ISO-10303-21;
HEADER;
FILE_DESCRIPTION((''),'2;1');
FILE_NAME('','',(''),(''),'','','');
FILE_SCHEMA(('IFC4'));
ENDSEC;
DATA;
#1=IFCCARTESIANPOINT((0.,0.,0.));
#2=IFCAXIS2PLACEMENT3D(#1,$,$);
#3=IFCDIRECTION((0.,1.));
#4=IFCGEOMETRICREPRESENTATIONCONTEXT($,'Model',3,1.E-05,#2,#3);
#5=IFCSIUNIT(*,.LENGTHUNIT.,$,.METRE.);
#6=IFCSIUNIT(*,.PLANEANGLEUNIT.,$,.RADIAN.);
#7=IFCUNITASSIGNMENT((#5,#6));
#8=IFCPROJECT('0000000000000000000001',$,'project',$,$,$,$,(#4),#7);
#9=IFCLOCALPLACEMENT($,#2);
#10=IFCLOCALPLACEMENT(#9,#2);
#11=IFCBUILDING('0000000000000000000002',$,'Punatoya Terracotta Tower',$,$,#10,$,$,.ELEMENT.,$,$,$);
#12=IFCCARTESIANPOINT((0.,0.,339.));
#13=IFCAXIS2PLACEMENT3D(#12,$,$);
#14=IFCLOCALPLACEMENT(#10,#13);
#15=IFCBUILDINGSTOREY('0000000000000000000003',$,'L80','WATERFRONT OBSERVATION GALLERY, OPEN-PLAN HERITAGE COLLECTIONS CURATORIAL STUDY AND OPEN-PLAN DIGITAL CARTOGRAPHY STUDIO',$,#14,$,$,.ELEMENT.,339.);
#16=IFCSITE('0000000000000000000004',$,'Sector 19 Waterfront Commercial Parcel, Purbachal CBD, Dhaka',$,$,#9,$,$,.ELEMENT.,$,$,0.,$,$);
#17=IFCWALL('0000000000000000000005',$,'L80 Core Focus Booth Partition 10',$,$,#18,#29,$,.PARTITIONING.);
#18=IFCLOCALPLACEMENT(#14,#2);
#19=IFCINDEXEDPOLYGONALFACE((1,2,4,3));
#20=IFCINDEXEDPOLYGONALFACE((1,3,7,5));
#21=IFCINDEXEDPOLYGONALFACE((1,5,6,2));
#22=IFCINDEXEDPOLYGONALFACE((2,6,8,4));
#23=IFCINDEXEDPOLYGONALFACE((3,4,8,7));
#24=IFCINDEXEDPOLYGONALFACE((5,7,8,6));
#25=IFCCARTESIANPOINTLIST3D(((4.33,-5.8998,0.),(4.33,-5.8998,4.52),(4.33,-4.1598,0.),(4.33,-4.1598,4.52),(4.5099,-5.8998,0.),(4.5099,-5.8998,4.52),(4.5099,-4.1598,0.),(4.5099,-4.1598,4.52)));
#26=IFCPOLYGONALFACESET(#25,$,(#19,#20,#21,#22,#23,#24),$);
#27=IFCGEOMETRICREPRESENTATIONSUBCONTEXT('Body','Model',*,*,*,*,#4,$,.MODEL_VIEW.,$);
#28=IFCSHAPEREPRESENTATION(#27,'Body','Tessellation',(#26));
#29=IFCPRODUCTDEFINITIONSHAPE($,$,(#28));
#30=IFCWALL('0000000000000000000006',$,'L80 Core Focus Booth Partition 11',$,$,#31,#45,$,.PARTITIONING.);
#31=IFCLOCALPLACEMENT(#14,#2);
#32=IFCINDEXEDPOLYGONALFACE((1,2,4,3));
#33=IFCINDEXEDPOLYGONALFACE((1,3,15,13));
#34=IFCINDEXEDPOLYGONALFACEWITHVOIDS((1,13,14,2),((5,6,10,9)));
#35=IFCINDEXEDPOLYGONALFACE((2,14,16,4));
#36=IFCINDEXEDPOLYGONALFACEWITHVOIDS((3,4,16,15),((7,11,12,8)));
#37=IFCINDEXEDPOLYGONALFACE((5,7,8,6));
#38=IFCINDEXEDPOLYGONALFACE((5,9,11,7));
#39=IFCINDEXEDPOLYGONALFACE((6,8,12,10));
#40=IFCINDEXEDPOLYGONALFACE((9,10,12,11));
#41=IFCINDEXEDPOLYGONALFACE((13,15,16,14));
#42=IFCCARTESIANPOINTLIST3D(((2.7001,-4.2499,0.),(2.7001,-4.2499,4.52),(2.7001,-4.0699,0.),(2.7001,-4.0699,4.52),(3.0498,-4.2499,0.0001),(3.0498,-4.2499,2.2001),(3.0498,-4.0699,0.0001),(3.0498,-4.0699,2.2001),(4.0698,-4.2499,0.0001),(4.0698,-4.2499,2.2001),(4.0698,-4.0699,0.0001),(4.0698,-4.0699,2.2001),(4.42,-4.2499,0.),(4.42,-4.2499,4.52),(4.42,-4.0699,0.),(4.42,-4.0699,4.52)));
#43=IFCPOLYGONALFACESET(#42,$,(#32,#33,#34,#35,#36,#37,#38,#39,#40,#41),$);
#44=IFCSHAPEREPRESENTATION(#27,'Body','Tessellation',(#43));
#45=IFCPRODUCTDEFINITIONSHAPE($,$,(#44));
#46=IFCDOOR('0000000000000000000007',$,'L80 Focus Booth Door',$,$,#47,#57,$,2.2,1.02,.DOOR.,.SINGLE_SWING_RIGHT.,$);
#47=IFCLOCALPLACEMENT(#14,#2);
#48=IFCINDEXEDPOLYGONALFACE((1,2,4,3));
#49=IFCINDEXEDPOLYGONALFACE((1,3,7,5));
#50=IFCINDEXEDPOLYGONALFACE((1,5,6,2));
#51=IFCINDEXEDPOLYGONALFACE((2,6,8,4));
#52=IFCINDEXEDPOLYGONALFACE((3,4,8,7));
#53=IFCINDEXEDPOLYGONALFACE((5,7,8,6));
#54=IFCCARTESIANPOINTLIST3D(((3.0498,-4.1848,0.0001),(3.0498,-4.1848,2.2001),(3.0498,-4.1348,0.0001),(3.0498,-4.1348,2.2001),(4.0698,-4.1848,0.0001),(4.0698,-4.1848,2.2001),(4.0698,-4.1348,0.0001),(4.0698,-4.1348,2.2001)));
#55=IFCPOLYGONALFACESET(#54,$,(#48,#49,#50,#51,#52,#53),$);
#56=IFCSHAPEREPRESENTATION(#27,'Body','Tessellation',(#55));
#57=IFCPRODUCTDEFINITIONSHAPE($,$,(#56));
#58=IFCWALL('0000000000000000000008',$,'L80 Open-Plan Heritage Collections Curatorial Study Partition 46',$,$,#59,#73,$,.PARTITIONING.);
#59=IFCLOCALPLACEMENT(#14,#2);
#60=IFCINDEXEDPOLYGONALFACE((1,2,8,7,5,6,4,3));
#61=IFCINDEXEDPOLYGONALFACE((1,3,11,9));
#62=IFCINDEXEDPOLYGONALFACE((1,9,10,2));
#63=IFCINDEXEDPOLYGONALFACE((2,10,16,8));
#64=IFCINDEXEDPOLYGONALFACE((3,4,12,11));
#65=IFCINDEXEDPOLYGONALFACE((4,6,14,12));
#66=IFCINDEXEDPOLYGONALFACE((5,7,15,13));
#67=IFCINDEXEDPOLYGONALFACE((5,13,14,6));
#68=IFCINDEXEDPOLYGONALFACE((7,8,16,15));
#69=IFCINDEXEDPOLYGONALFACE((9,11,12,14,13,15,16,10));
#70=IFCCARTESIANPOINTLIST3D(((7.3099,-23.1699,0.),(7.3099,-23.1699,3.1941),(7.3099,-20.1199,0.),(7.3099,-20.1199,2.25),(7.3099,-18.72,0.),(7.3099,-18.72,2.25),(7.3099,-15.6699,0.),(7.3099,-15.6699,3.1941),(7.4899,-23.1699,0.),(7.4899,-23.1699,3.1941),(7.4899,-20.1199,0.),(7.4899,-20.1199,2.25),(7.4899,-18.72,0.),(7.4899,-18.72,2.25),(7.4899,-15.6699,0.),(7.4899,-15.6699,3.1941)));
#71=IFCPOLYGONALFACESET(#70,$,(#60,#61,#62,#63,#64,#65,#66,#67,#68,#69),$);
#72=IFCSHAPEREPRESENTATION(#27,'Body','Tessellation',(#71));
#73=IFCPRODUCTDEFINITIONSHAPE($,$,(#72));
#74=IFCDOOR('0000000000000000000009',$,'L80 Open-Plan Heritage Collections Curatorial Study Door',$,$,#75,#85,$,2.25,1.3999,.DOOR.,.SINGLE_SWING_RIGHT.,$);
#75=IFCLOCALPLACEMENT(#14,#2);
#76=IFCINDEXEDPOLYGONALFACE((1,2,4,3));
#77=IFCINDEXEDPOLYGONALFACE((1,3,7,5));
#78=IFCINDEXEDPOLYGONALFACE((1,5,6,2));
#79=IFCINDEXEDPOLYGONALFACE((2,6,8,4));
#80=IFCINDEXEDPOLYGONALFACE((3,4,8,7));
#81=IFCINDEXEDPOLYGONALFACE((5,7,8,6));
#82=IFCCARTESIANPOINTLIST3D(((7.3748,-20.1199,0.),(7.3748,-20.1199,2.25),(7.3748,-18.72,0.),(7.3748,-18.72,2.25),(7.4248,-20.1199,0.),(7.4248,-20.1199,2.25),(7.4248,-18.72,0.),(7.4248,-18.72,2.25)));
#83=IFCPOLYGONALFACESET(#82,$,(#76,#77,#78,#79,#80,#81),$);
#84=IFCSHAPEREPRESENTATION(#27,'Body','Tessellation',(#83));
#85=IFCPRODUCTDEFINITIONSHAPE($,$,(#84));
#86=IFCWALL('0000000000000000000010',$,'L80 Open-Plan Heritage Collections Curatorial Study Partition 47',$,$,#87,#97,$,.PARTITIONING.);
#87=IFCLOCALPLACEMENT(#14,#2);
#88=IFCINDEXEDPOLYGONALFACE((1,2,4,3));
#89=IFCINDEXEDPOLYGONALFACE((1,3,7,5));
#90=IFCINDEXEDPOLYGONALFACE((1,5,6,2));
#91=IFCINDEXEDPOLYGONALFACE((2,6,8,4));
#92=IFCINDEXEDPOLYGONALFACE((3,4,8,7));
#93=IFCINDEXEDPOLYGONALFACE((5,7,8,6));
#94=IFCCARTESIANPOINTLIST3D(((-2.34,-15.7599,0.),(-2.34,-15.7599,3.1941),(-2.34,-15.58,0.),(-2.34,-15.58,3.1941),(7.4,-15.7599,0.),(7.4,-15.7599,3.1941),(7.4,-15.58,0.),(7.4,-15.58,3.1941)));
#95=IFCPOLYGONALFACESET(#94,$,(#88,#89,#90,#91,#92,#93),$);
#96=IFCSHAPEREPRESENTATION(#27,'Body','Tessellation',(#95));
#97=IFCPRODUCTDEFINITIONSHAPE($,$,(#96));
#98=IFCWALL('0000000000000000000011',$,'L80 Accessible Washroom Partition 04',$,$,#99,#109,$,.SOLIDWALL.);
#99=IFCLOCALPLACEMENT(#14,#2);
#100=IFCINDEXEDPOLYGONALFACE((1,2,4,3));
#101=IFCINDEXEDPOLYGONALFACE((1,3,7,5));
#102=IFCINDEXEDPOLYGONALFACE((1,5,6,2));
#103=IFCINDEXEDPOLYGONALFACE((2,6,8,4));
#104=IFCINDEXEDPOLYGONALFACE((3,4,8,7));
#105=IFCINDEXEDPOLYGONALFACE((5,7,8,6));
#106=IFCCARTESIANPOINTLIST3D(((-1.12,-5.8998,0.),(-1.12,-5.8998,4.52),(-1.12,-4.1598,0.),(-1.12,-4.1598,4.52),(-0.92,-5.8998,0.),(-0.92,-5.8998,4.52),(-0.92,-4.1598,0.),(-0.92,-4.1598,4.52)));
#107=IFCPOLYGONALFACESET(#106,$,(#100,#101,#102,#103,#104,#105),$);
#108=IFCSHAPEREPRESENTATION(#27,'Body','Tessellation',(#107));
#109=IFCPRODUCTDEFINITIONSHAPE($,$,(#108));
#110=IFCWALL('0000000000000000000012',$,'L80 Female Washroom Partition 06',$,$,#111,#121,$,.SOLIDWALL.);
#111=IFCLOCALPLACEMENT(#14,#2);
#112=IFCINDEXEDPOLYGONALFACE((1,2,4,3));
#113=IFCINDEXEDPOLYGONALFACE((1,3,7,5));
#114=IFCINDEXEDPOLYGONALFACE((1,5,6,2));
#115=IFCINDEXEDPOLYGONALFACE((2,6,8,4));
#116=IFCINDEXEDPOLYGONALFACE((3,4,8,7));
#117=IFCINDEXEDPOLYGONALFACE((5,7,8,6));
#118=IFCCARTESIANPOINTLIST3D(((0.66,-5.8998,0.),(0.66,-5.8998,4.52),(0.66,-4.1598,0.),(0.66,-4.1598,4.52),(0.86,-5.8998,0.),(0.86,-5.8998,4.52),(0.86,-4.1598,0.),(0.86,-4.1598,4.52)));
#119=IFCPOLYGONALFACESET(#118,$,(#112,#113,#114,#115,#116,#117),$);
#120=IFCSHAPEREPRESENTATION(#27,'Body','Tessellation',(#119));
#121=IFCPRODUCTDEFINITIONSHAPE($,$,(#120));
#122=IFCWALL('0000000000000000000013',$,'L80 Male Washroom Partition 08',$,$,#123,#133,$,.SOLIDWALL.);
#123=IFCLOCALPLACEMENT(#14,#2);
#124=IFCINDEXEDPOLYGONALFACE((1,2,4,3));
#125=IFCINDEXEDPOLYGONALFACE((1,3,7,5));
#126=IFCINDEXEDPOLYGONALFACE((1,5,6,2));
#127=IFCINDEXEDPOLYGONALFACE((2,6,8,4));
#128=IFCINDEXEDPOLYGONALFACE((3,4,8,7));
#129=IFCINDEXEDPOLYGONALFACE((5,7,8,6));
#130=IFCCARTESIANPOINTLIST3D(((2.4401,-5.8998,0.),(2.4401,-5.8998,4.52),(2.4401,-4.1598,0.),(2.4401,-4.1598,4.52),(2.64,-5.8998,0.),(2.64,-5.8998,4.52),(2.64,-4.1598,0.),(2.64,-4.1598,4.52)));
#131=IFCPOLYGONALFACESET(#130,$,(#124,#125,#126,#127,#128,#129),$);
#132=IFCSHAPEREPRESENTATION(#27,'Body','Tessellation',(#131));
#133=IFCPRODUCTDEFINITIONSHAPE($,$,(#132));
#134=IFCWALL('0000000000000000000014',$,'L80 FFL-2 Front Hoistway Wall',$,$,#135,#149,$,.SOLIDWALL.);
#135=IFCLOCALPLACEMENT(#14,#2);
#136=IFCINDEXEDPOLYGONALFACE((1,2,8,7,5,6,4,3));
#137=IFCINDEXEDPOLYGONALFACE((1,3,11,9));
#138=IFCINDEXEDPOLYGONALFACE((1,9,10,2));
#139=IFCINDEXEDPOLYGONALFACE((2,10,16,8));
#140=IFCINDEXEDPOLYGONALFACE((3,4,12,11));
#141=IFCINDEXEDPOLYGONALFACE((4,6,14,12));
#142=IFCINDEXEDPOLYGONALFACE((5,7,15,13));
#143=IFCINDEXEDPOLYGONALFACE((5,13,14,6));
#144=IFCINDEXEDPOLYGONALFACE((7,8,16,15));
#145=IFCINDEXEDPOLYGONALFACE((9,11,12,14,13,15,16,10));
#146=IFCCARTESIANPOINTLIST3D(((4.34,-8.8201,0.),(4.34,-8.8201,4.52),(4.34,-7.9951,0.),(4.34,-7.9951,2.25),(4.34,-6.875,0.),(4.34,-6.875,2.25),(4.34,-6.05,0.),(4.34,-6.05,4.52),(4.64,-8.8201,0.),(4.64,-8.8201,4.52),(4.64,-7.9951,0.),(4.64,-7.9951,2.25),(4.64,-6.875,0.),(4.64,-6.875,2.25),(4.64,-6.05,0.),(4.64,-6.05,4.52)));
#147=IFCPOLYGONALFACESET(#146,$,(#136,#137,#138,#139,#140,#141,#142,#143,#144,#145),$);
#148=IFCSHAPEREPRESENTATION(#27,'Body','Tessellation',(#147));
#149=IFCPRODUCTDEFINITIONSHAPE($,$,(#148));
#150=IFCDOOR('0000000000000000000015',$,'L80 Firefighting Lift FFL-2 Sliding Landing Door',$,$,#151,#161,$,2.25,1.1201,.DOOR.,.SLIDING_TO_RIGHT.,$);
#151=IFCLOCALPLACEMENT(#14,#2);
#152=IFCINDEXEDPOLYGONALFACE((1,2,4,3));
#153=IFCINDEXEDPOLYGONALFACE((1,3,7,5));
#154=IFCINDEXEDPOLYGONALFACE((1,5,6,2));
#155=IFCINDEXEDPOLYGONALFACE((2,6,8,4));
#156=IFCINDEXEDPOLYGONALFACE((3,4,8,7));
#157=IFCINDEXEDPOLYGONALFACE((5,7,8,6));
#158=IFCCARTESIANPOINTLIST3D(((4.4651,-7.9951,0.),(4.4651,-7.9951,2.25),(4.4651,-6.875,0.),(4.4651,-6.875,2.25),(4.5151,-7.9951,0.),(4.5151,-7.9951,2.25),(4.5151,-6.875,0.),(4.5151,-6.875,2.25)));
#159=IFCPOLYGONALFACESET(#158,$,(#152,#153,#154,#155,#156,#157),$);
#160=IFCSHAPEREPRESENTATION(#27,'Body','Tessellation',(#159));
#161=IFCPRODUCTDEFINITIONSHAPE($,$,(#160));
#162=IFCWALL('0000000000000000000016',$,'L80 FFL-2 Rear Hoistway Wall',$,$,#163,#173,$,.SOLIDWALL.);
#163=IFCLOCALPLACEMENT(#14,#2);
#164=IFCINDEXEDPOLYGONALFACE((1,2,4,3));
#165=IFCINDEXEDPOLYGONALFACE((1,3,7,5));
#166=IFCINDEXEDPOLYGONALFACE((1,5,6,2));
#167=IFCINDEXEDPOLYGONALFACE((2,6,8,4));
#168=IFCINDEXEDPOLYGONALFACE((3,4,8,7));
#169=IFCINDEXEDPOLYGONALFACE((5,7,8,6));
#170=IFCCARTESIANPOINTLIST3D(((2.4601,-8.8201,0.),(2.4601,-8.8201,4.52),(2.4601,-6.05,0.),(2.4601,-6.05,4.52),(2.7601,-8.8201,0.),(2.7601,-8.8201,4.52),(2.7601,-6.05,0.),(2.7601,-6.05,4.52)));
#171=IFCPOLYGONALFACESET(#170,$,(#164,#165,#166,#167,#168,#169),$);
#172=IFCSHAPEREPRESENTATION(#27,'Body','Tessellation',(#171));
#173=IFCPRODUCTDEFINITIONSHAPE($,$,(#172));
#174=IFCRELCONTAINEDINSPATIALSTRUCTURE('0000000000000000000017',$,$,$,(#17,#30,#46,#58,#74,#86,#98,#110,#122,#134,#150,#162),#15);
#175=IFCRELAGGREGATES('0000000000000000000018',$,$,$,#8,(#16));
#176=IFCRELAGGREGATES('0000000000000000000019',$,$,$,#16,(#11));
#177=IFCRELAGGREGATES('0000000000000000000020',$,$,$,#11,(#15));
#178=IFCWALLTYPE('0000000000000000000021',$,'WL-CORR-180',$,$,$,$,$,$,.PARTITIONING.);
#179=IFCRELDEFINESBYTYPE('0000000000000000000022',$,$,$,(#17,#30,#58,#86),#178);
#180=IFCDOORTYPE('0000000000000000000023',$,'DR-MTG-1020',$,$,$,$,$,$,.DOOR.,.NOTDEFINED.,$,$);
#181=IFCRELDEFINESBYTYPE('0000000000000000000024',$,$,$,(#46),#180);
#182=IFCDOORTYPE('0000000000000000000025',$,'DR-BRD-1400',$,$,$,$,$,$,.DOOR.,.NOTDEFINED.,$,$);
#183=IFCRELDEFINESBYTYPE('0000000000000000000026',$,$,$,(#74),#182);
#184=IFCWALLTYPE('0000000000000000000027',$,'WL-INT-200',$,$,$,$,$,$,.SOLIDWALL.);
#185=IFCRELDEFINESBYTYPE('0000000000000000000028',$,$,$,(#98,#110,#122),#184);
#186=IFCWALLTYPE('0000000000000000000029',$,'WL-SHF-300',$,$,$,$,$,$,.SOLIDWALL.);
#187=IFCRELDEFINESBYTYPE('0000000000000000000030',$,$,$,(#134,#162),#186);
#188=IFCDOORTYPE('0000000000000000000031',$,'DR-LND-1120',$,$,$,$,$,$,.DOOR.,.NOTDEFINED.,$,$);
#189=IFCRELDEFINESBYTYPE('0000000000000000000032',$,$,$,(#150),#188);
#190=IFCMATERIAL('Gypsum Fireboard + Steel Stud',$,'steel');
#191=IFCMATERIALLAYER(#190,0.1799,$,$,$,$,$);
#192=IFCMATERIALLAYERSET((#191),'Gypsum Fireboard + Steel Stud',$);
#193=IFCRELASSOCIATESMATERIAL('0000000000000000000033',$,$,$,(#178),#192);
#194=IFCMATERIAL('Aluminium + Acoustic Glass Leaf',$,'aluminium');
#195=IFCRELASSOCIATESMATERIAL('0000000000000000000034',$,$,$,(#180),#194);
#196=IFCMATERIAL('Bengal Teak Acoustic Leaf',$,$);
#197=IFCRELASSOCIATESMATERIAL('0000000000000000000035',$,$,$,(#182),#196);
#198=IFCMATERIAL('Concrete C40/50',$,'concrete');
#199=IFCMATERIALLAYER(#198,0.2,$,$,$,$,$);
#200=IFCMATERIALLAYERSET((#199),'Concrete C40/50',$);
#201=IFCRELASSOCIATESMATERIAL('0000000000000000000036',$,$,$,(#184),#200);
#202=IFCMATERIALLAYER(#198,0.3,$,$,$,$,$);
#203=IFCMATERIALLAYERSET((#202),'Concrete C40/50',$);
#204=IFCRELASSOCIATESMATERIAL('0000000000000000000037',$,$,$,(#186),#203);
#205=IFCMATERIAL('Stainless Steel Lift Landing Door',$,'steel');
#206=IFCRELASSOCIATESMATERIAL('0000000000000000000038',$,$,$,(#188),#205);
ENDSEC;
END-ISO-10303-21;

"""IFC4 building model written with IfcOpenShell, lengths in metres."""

from ifc_helpers import new_model, si_unit, direction, frame, frame_2d, origin, place, context, subcontext, project, spatial, rectangle, extrude, material, layer, layer_set, type_object, element, fill, save


model = new_model("IFC4")

# Units and contexts
model_context = context("Model", 3, precision=1e-05, world=origin(), true_north=direction((0.0, 1.0)))
body_context = subcontext(model_context, "Body", "Model", "MODEL_VIEW")
ifc_project = project(units=[si_unit("LENGTHUNIT", "METRE"), si_unit("PLANEANGLEUNIT", "RADIAN")], contexts=[model_context])

# Site, building, storey
site_placement = place(None, origin())
site = spatial("IfcSite", under=ifc_project, at=site_placement, Name="Sector 19 Waterfront Commercial Parcel, Purbachal CBD, Dhaka", CompositionType="ELEMENT", RefElevation=0.0)
building_placement = place(site_placement, origin())
building = spatial("IfcBuilding", under=site, at=building_placement, Name="Punatoya Terracotta Tower", CompositionType="ELEMENT")
storey_placement = place(building_placement, frame((0.0, 0.0, 339.0)))
storey = spatial("IfcBuildingStorey", under=building, at=storey_placement, Name="L80", Description="WATERFRONT OBSERVATION GALLERY, OPEN-PLAN HERITAGE COLLECTIONS CURATORIAL STUDY AND OPEN-PLAN DIGITAL CARTOGRAPHY STUDIO", CompositionType="ELEMENT", Elevation=339.0)

# Wall
ifc_material_1 = material(Name="Gypsum Fireboard + Steel Stud", Category="steel")
ifc_layer_1 = layer(ifc_material_1, 0.1799)
ifc_layer_set_1 = layer_set([ifc_layer_1], Name="Gypsum Fireboard + Steel Stud")
wall_type_1 = type_object("IfcWallType", Name="WL-CORR-180", PredefinedType="PARTITIONING", material=ifc_layer_set_1)
wall_1_placement = place(storey_placement, frame((4.4199, -5.8999, 0.0), z_axis=(0.0, 0.0, 1.0), x_axis=(0.0, 1.0, 0.0)))
element("IfcWall", 1, at=wall_1_placement, inside=storey, type_object=wall_type_1, Name="L80 Core Focus Booth Partition 10", PredefinedType="PARTITIONING", context=body_context, shape_type="SweptSolid", body=[
    extrude(rectangle(XDim=1.74, YDim=0.1799, at=frame_2d((0.8701, 0.0))), origin(), (0.0, 0.0, 1.0), 4.52),
])

# Walls, openings, doors
wall_2_placement = place(storey_placement, frame((4.4199, -4.1599, 0.0), z_axis=(0.0, 0.0, 1.0), x_axis=(-1.0, 0.0, 0.0)))
wall_2 = element("IfcWall", 2, at=wall_2_placement, inside=storey, type_object=wall_type_1, Name="L80 Core Focus Booth Partition 11", PredefinedType="PARTITIONING", context=body_context, shape_type="SweptSolid", body=[
    extrude(rectangle(XDim=1.72, YDim=0.1799, at=frame_2d((0.8599, 0.0))), origin(), (0.0, 0.0, 1.0), 4.52),
])
opening_1_placement = place(wall_2_placement, frame((0.3501, 0.0, 0.0)))
opening_1 = element("IfcOpeningElement", 3, at=opening_1_placement, cuts=wall_2, PredefinedType="OPENING", context=body_context, shape_type="SweptSolid", body=[
    extrude(rectangle(XDim=1.02, YDim=2.2, at=frame_2d((0.51, 1.1001))), frame((0.0, 0.0999, 0.0), z_axis=(0.0, -1.0, 0.0), x_axis=(1.0, 0.0, 0.0)), (0.0, 0.0, 1.0), 0.2),
])
ifc_material_2 = material(Name="Aluminium + Acoustic Glass Leaf", Category="aluminium")
door_type_1 = type_object("IfcDoorType", Name="DR-MTG-1020", OperationType="NOTDEFINED", PredefinedType="DOOR", material=ifc_material_2)
door_1_placement = place(opening_1_placement, origin())
door_1 = element("IfcDoor", 4, at=door_1_placement, inside=storey, type_object=door_type_1, Name="L80 Focus Booth Door", OperationType="SINGLE_SWING_RIGHT", OverallHeight=2.2, OverallWidth=1.02, PredefinedType="DOOR", context=body_context, shape_type="SweptSolid", body=[
    extrude(rectangle(XDim=1.02, YDim=2.2, at=frame_2d((0.51, 1.1001))), frame((0.0, 0.0249, 0.0), z_axis=(0.0, -1.0, 0.0), x_axis=(1.0, 0.0, 0.0)), (0.0, 0.0, 1.0), 0.05),
])
fill(opening_1, door_1)
wall_3_placement = place(storey_placement, frame((7.3999, -15.6699, 0.0), z_axis=(0.0, 0.0, 1.0), x_axis=(0.0, -1.0, 0.0)))
wall_3 = element("IfcWall", 5, at=wall_3_placement, inside=storey, type_object=wall_type_1, Name="L80 Open-Plan Heritage Collections Curatorial Study Partition 46", PredefinedType="PARTITIONING", context=body_context, shape_type="SweptSolid", body=[
    extrude(rectangle(XDim=7.5, YDim=0.1799, at=frame_2d((3.75, 0.0))), origin(), (0.0, 0.0, 1.0), 3.1941),
])
opening_2_placement = place(wall_3_placement, frame((3.05, 0.0, 0.0)))
opening_2 = element("IfcOpeningElement", 6, at=opening_2_placement, cuts=wall_3, PredefinedType="OPENING", context=body_context, shape_type="SweptSolid", body=[
    extrude(rectangle(XDim=1.3999, YDim=2.25, at=frame_2d((0.7, 1.125))), frame((0.0, 0.0999, 0.0), z_axis=(0.0, -1.0, 0.0), x_axis=(1.0, 0.0, 0.0)), (0.0, 0.0, 1.0), 0.2),
])
ifc_material_3 = material(Name="Bengal Teak Acoustic Leaf")
door_type_2 = type_object("IfcDoorType", Name="DR-BRD-1400", OperationType="NOTDEFINED", PredefinedType="DOOR", material=ifc_material_3)
door_2_placement = place(opening_2_placement, origin())
door_2 = element("IfcDoor", 7, at=door_2_placement, inside=storey, type_object=door_type_2, Name="L80 Open-Plan Heritage Collections Curatorial Study Door", OperationType="SINGLE_SWING_RIGHT", OverallHeight=2.25, OverallWidth=1.3999, PredefinedType="DOOR", context=body_context, shape_type="SweptSolid", body=[
    extrude(rectangle(XDim=1.3999, YDim=2.25, at=frame_2d((0.7, 1.125))), frame((0.0, 0.0249, 0.0), z_axis=(0.0, -1.0, 0.0), x_axis=(1.0, 0.0, 0.0)), (0.0, 0.0, 1.0), 0.05),
])
fill(opening_2, door_2)

# Walls
wall_4_placement = place(storey_placement, frame((-2.3401, -15.6699, 0.0), z_axis=(0.0, 0.0, 1.0), x_axis=(1.0, 0.0, 0.0)))
element("IfcWall", 8, at=wall_4_placement, inside=storey, type_object=wall_type_1, Name="L80 Open-Plan Heritage Collections Curatorial Study Partition 47", PredefinedType="PARTITIONING", context=body_context, shape_type="SweptSolid", body=[
    extrude(rectangle(XDim=9.74, YDim=0.1799, at=frame_2d((4.8701, 0.0))), origin(), (0.0, 0.0, 1.0), 3.1941),
])
ifc_material_4 = material(Name="Concrete C40/50", Category="concrete")
ifc_layer_2 = layer(ifc_material_4, 0.2)
ifc_layer_set_2 = layer_set([ifc_layer_2], Name="Concrete C40/50")
wall_type_2 = type_object("IfcWallType", Name="WL-INT-200", PredefinedType="SOLIDWALL", material=ifc_layer_set_2)
wall_5_placement = place(storey_placement, frame((-1.02, -5.8999, 0.0), z_axis=(0.0, 0.0, 1.0), x_axis=(0.0, 1.0, 0.0)))
element("IfcWall", 9, at=wall_5_placement, inside=storey, type_object=wall_type_2, Name="L80 Accessible Washroom Partition 04", PredefinedType="SOLIDWALL", context=body_context, shape_type="SweptSolid", body=[
    extrude(rectangle(XDim=1.74, YDim=0.2, at=frame_2d((0.8701, 0.0))), origin(), (0.0, 0.0, 1.0), 4.52),
])

# Wall
wall_6_placement = place(storey_placement, frame((0.76, -5.8999, 0.0), z_axis=(0.0, 0.0, 1.0), x_axis=(0.0, 1.0, 0.0)))
element("IfcWall", 10, at=wall_6_placement, inside=storey, type_object=wall_type_2, Name="L80 Female Washroom Partition 06", PredefinedType="SOLIDWALL", context=body_context, shape_type="SweptSolid", body=[
    extrude(rectangle(XDim=1.74, YDim=0.2, at=frame_2d((0.8701, 0.0))), origin(), (0.0, 0.0, 1.0), 4.52),
])

# Wall
wall_7_placement = place(storey_placement, frame((2.54, -5.8999, 0.0), z_axis=(0.0, 0.0, 1.0), x_axis=(0.0, 1.0, 0.0)))
element("IfcWall", 11, at=wall_7_placement, inside=storey, type_object=wall_type_2, Name="L80 Male Washroom Partition 08", PredefinedType="SOLIDWALL", context=body_context, shape_type="SweptSolid", body=[
    extrude(rectangle(XDim=1.74, YDim=0.2, at=frame_2d((0.8701, 0.0))), origin(), (0.0, 0.0, 1.0), 4.52),
])

# Wall, opening, door
ifc_layer_3 = layer(ifc_material_4, 0.3)
ifc_layer_set_3 = layer_set([ifc_layer_3], Name="Concrete C40/50")
wall_type_3 = type_object("IfcWallType", Name="WL-SHF-300", PredefinedType="SOLIDWALL", material=ifc_layer_set_3)
wall_8_placement = place(storey_placement, frame((4.49, -8.8201, 0.0), z_axis=(0.0, 0.0, 1.0), x_axis=(0.0, 1.0, 0.0)))
wall_8 = element("IfcWall", 12, at=wall_8_placement, inside=storey, type_object=wall_type_3, Name="L80 FFL-2 Front Hoistway Wall", PredefinedType="SOLIDWALL", context=body_context, shape_type="SweptSolid", body=[
    extrude(rectangle(XDim=2.77, YDim=0.3, at=frame_2d((1.385, 0.0))), origin(), (0.0, 0.0, 1.0), 4.52),
])
opening_3_placement = place(wall_8_placement, frame((0.825, 0.0, 0.0)))
opening_3 = element("IfcOpeningElement", 13, at=opening_3_placement, cuts=wall_8, PredefinedType="OPENING", context=body_context, shape_type="SweptSolid", body=[
    extrude(rectangle(XDim=1.1201, YDim=2.25, at=frame_2d((0.5601, 1.125))), frame((0.0, 0.1599, 0.0), z_axis=(0.0, -1.0, 0.0), x_axis=(1.0, 0.0, 0.0)), (0.0, 0.0, 1.0), 0.3201),
])
ifc_material_5 = material(Name="Stainless Steel Lift Landing Door", Category="steel")
door_type_3 = type_object("IfcDoorType", Name="DR-LND-1120", OperationType="NOTDEFINED", PredefinedType="DOOR", material=ifc_material_5)
door_3_placement = place(opening_3_placement, origin())
door_3 = element("IfcDoor", 14, at=door_3_placement, inside=storey, type_object=door_type_3, Name="L80 Firefighting Lift FFL-2 Sliding Landing Door", OperationType="SLIDING_TO_RIGHT", OverallHeight=2.25, OverallWidth=1.1201, PredefinedType="DOOR", context=body_context, shape_type="SweptSolid", body=[
    extrude(rectangle(XDim=1.1201, YDim=2.25, at=frame_2d((0.5601, 1.125))), frame((0.0, 0.0249, 0.0), z_axis=(0.0, -1.0, 0.0), x_axis=(1.0, 0.0, 0.0)), (0.0, 0.0, 1.0), 0.05),
])
fill(opening_3, door_3)

# Wall
wall_9_placement = place(storey_placement, frame((2.6101, -8.8201, 0.0), z_axis=(0.0, 0.0, 1.0), x_axis=(0.0, 1.0, 0.0)))
element("IfcWall", 15, at=wall_9_placement, inside=storey, type_object=wall_type_3, Name="L80 FFL-2 Rear Hoistway Wall", PredefinedType="SOLIDWALL", context=body_context, shape_type="SweptSolid", body=[
    extrude(rectangle(XDim=2.77, YDim=0.3, at=frame_2d((1.385, 0.0))), origin(), (0.0, 0.0, 1.0), 4.52),
])

save(model, "model.ifc")
